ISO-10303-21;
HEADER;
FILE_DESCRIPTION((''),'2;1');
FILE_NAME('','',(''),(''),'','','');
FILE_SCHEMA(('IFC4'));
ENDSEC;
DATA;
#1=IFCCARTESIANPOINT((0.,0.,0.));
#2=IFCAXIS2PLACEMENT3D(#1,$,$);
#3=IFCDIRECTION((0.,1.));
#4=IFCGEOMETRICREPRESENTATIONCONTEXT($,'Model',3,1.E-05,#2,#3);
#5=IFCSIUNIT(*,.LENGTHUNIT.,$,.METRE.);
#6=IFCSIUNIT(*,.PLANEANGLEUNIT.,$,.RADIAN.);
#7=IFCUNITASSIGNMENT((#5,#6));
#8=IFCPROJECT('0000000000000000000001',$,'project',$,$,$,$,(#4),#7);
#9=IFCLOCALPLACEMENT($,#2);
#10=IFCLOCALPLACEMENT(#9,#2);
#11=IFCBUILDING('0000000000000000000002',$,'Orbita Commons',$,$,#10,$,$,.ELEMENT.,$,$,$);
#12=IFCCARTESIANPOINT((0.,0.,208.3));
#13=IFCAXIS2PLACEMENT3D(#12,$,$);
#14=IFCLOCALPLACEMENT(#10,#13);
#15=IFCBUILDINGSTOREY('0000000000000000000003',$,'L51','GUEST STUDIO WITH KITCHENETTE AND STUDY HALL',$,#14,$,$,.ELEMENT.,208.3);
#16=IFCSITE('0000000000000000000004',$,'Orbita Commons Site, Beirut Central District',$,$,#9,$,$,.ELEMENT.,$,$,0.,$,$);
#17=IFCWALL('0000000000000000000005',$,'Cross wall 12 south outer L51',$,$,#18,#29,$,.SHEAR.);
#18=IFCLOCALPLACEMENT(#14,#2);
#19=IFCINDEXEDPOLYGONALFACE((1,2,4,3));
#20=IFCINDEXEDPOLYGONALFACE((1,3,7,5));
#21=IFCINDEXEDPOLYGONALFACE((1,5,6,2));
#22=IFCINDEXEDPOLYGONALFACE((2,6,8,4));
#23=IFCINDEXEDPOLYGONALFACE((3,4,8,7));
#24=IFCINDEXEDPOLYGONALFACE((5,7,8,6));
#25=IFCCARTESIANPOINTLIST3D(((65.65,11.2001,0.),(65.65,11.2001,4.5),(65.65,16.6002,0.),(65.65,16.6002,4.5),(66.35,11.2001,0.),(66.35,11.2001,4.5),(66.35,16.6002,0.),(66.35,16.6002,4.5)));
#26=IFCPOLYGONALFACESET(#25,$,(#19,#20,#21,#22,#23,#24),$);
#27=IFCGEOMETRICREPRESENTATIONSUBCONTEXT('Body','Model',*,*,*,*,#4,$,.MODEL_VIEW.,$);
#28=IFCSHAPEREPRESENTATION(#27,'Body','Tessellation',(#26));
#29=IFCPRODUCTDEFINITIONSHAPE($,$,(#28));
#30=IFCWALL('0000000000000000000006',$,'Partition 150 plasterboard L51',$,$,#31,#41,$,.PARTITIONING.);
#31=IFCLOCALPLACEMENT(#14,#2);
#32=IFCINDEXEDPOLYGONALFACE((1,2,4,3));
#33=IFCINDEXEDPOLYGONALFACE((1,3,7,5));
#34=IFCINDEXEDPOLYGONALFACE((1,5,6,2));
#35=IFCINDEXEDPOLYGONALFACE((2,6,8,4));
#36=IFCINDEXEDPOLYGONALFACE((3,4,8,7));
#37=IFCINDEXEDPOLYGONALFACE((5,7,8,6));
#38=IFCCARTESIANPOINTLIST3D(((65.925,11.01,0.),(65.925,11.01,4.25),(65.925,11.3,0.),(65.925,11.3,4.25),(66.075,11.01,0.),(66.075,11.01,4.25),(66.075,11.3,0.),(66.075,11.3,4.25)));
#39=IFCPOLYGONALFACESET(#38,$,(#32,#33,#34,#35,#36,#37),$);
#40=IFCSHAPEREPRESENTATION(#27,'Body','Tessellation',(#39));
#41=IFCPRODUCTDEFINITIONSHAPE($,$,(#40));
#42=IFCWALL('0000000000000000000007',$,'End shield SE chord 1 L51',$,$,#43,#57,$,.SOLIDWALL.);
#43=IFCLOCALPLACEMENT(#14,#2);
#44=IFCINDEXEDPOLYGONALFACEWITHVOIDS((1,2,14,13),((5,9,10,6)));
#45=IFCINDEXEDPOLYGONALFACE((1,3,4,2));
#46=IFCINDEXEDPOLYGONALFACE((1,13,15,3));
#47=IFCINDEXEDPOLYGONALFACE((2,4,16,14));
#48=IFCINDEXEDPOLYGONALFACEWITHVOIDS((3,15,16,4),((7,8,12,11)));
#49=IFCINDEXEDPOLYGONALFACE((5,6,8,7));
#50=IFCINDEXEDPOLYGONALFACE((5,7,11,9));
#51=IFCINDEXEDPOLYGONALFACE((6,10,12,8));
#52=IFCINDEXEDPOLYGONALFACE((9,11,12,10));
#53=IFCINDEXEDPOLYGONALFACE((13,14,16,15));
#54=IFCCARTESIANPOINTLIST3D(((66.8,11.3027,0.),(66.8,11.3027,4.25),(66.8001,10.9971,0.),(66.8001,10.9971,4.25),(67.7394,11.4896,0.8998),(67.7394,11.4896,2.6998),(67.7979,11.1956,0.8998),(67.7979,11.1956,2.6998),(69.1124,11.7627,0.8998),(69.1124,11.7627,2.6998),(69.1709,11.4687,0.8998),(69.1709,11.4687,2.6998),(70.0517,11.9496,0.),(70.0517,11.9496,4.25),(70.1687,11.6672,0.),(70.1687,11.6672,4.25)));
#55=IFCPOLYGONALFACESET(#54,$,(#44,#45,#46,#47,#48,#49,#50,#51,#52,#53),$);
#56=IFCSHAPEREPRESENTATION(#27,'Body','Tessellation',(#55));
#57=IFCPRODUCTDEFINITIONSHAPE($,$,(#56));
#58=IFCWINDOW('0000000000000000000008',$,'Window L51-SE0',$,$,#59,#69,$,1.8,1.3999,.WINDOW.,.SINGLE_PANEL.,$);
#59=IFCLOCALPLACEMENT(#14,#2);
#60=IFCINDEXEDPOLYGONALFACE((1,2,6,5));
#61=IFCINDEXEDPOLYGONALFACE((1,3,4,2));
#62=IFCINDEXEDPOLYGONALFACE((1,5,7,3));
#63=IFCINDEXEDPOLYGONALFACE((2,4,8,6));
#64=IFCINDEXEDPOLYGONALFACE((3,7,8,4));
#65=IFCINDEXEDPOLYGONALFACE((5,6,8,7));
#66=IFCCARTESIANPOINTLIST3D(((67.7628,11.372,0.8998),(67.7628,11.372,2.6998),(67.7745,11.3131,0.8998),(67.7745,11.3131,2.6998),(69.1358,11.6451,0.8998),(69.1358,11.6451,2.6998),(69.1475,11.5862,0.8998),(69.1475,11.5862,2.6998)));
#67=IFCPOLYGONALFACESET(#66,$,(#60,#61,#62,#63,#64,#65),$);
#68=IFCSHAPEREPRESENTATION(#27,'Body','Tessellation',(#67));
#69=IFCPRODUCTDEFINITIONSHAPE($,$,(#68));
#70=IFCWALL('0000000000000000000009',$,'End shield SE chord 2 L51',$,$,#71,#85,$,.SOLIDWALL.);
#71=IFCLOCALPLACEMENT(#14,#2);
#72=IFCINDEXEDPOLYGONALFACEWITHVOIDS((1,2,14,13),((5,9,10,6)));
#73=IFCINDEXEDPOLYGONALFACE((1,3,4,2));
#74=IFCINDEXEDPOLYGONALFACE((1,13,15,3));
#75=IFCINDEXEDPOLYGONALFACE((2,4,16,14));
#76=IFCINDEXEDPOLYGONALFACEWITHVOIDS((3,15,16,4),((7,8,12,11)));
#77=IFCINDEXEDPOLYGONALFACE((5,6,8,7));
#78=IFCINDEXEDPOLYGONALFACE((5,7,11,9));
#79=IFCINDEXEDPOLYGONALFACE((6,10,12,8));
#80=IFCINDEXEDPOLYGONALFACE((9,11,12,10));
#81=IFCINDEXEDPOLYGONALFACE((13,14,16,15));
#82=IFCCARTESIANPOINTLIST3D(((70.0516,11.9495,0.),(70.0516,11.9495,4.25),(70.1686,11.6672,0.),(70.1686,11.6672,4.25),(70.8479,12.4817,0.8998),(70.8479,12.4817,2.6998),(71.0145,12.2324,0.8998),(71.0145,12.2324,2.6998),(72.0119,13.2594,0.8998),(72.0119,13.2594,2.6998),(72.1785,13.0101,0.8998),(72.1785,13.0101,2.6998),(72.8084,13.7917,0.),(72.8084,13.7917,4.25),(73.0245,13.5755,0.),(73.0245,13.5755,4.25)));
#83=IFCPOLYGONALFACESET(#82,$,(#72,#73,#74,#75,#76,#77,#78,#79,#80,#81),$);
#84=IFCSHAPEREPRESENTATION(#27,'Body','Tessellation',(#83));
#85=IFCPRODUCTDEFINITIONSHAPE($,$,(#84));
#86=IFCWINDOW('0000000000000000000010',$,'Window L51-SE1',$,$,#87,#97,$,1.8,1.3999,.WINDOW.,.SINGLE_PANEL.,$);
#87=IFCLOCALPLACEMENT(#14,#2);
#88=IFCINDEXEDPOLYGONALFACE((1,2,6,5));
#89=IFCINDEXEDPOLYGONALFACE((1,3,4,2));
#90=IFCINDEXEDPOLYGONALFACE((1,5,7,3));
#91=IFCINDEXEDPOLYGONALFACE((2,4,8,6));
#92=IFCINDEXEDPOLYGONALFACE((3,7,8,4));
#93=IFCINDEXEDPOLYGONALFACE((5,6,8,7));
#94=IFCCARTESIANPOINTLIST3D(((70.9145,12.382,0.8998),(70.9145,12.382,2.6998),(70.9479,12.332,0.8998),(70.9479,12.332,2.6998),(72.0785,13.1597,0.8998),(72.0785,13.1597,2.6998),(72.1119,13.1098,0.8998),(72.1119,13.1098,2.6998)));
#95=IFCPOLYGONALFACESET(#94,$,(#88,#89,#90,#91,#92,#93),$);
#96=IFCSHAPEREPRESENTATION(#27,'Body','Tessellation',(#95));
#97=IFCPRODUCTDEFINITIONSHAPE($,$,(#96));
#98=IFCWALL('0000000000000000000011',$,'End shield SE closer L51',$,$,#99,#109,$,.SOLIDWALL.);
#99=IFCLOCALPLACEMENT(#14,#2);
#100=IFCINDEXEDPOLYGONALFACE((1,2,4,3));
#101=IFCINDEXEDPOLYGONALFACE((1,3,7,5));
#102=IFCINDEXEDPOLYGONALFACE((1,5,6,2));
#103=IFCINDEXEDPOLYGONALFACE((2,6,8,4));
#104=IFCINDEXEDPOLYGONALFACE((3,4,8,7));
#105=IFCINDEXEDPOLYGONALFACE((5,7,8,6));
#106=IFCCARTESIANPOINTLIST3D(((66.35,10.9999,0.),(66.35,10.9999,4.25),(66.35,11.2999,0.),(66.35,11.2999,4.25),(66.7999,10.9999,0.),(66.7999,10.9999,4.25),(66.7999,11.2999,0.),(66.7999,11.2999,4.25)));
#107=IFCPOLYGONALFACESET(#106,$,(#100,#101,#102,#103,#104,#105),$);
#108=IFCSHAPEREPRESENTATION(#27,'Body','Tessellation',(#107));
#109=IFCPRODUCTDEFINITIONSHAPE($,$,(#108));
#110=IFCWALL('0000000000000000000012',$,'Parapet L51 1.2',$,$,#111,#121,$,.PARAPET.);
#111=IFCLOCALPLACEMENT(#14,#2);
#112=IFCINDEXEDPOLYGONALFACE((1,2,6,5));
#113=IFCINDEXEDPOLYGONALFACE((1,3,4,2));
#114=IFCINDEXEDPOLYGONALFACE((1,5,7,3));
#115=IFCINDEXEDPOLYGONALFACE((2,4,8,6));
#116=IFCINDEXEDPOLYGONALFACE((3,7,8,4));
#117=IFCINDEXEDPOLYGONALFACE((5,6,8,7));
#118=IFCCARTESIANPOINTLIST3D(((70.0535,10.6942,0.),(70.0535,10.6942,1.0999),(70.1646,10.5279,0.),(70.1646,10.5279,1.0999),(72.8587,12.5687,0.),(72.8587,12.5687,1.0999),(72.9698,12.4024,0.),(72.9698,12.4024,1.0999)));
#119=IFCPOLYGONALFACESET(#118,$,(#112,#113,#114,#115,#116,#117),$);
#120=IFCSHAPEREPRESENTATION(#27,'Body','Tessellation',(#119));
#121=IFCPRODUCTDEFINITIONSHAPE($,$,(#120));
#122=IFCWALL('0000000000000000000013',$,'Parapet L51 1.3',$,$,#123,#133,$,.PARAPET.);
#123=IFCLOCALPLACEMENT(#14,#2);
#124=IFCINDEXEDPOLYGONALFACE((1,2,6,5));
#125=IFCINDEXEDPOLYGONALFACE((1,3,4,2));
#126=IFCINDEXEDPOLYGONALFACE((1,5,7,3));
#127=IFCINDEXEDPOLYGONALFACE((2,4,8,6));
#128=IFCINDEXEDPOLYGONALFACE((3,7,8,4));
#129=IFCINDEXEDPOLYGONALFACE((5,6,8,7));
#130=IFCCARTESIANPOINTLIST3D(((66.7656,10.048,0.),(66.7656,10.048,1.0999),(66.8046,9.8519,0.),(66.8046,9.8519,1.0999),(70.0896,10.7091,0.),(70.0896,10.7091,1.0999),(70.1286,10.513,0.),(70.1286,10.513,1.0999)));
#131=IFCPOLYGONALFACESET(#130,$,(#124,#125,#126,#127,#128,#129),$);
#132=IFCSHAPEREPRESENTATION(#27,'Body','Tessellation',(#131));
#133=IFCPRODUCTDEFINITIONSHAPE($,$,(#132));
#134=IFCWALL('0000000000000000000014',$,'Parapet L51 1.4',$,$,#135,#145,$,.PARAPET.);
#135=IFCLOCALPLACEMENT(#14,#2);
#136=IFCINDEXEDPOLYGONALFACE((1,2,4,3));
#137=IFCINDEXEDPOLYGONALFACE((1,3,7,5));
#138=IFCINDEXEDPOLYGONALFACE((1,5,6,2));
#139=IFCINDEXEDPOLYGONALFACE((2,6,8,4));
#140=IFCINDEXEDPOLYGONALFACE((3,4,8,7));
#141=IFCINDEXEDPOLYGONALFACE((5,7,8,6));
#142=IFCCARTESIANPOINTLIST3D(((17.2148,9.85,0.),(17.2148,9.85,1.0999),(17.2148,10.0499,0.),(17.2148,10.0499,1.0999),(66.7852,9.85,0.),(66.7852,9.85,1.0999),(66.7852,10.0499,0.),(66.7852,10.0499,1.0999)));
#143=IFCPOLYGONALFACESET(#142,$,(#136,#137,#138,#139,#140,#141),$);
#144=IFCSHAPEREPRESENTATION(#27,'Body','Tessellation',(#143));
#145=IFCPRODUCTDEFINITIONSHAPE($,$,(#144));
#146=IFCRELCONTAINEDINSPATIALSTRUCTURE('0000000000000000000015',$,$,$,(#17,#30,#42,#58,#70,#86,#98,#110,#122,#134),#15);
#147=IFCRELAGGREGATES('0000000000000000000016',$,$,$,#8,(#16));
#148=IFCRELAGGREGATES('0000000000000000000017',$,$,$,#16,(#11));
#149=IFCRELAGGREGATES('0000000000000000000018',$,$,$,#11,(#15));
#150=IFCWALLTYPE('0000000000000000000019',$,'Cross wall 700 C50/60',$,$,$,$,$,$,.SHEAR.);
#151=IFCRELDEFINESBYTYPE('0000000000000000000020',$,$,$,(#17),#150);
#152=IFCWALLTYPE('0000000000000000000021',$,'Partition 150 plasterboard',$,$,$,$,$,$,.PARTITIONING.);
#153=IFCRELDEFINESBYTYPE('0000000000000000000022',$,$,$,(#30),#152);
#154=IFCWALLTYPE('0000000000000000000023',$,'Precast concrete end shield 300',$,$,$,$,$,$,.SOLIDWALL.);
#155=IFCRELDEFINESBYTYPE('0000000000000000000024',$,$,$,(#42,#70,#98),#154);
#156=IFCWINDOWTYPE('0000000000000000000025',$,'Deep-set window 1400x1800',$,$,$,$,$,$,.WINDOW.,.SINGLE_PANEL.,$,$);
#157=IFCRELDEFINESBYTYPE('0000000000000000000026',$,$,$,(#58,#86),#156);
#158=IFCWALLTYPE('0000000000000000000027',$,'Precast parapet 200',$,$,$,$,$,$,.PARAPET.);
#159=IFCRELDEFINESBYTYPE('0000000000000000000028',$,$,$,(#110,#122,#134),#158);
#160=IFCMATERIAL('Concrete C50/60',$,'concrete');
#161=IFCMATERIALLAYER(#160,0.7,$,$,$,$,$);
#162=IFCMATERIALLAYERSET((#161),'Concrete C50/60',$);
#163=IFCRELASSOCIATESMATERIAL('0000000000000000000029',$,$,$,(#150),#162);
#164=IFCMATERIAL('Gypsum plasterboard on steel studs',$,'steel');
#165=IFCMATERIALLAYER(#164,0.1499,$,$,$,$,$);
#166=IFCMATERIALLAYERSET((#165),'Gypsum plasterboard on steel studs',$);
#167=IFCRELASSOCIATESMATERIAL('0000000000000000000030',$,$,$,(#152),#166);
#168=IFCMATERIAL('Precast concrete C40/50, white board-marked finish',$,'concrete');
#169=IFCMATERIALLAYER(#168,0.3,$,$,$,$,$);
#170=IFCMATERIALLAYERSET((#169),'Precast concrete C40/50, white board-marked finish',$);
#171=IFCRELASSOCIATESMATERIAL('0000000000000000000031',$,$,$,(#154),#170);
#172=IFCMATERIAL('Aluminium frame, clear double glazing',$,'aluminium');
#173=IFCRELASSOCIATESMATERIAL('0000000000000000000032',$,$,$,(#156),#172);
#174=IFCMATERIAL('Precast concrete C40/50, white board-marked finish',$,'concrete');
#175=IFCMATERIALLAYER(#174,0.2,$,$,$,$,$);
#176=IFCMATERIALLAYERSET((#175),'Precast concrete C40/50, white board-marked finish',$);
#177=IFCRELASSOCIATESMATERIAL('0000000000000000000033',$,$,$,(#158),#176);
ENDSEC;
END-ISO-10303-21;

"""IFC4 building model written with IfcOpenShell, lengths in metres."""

from ifc_helpers import new_model, si_unit, direction, frame, frame_2d, origin, place, context, subcontext, project, spatial, polyline, rectangle, outline, extrude, material, layer, layer_set, type_object, element, fill, save


model = new_model("IFC4")

# Units and contexts
model_context = context("Model", 3, precision=1e-05, world=origin(), true_north=direction((0.0, 1.0)))
body_context = subcontext(model_context, "Body", "Model", "MODEL_VIEW")
ifc_project = project(units=[si_unit("LENGTHUNIT", "METRE"), si_unit("PLANEANGLEUNIT", "RADIAN")], contexts=[model_context])

# Site, building, storey
site_placement = place(None, origin())
site = spatial("IfcSite", under=ifc_project, at=site_placement, Name="Orbita Commons Site, Beirut Central District", CompositionType="ELEMENT", RefElevation=0.0)
building_placement = place(site_placement, origin())
building = spatial("IfcBuilding", under=site, at=building_placement, Name="Orbita Commons", CompositionType="ELEMENT")
storey_placement = place(building_placement, frame((0.0, 0.0, 208.3)))
storey = spatial("IfcBuildingStorey", under=building, at=storey_placement, Name="L51", Description="GUEST STUDIO WITH KITCHENETTE AND STUDY HALL", CompositionType="ELEMENT", Elevation=208.3)

# Walls
ifc_material_1 = material(Name="Concrete C50/60", Category="concrete")
ifc_layer_1 = layer(ifc_material_1, 0.7)
ifc_layer_set_1 = layer_set([ifc_layer_1], Name="Concrete C50/60")
wall_type_1 = type_object("IfcWallType", Name="Cross wall 700 C50/60", PredefinedType="SHEAR", material=ifc_layer_set_1)
wall_1_placement = place(storey_placement, frame((66.0, 11.2, 0.0), z_axis=(0.0, 0.0, 1.0), x_axis=(0.0, 1.0, 0.0)))
element("IfcWall", 1, at=wall_1_placement, inside=storey, type_object=wall_type_1, Name="Cross wall 12 south outer L51", PredefinedType="SHEAR", context=body_context, shape_type="SweptSolid", body=[
    extrude(rectangle(XDim=5.4001, YDim=0.7, at=frame_2d((2.7002, 0.0))), origin(), (0.0, 0.0, 1.0), 4.5),
])
ifc_material_2 = material(Name="Gypsum plasterboard on steel studs", Category="steel")
ifc_layer_2 = layer(ifc_material_2, 0.1499)
ifc_layer_set_2 = layer_set([ifc_layer_2], Name="Gypsum plasterboard on steel studs")
wall_type_2 = type_object("IfcWallType", Name="Partition 150 plasterboard", PredefinedType="PARTITIONING", material=ifc_layer_set_2)
wall_2_placement = place(storey_placement, frame((66.0, 11.3, 0.0), z_axis=(0.0, 0.0, 1.0), x_axis=(0.0, -1.0, 0.0)))
element("IfcWall", 2, at=wall_2_placement, inside=storey, type_object=wall_type_2, Name="Partition 150 plasterboard L51", PredefinedType="PARTITIONING", context=body_context, shape_type="SweptSolid", body=[
    extrude(rectangle(XDim=0.29, YDim=0.1499, at=frame_2d((0.145, 0.0))), origin(), (0.0, 0.0, 1.0), 4.25),
])

# Walls, openings, windows
ifc_material_3 = material(Name="Precast concrete C40/50, white board-marked finish", Category="concrete")
ifc_layer_3 = layer(ifc_material_3, 0.3)
ifc_layer_set_3 = layer_set([ifc_layer_3], Name="Precast concrete C40/50, white board-marked finish")
wall_type_3 = type_object("IfcWallType", Name="Precast concrete end shield 300", PredefinedType="SOLIDWALL", material=ifc_layer_set_3)
wall_3_placement = place(storey_placement, frame((66.8, 11.1499, 0.0), z_axis=(0.0, 0.0, 1.0), x_axis=(0.980783, 0.1951, 0.0)))
wall_3 = element("IfcWall", 3, at=wall_3_placement, inside=storey, type_object=wall_type_3, Name="End shield SE chord 1 L51", PredefinedType="SOLIDWALL", context=body_context, shape_type="SweptSolid", body=[
    extrude(outline(polyline([(-0.0298, -0.1499), (3.4048, -0.1499), (3.3452, 0.1499), (0.0298, 0.1499), (-0.0298, -0.1499)])), origin(), (0.0, 0.0, 1.0), 4.25),
])
opening_1_placement = place(wall_3_placement, frame((0.9875, 0.0, 0.8999)))
opening_1 = element("IfcOpeningElement", 4, at=opening_1_placement, cuts=wall_3, PredefinedType="OPENING", context=body_context, shape_type="SweptSolid", body=[
    extrude(rectangle(XDim=1.3999, YDim=1.8, at=frame_2d((0.7, 0.8999))), frame((0.0, 0.1599, 0.0), z_axis=(0.0, -1.0, 0.0), x_axis=(1.0, 0.0, 0.0)), (0.0, 0.0, 1.0), 0.3201),
])
ifc_material_4 = material(Name="Aluminium frame, clear double glazing", Category="aluminium")
window_type = type_object("IfcWindowType", Name="Deep-set window 1400x1800", PartitioningType="SINGLE_PANEL", PredefinedType="WINDOW", material=ifc_material_4)
window_1_placement = place(opening_1_placement, origin())
window_1 = element("IfcWindow", 5, at=window_1_placement, inside=storey, type_object=window_type, Name="Window L51-SE0", OverallHeight=1.8, OverallWidth=1.3999, PartitioningType="SINGLE_PANEL", PredefinedType="WINDOW", context=body_context, shape_type="SweptSolid", body=[
    extrude(rectangle(XDim=1.3999, YDim=1.8, at=frame_2d((0.7, 0.8999))), frame((0.0, 0.03, 0.0), z_axis=(0.0, -1.0, 0.0), x_axis=(1.0, 0.0, 0.0)), (0.0, 0.0, 1.0), 0.0601),
])
fill(opening_1, window_1)
wall_4_placement = place(storey_placement, frame((70.1101, 11.8083, 0.0), z_axis=(0.0, 0.0, 1.0), x_axis=(0.83146, 0.555585, 0.0)))
wall_4 = element("IfcWall", 6, at=wall_4_placement, inside=storey, type_object=wall_type_3, Name="End shield SE chord 2 L51", PredefinedType="SOLIDWALL", context=body_context, shape_type="SweptSolid", body=[
    extrude(outline(polyline([(-0.0298, -0.1499), (3.405, -0.1499), (3.3455, 0.1499), (0.0298, 0.1499), (-0.0298, -0.1499)])), origin(), (0.0, 0.0, 1.0), 4.25),
])
opening_2_placement = place(wall_4_placement, frame((0.9875, 0.0, 0.8999)))
opening_2 = element("IfcOpeningElement", 7, at=opening_2_placement, cuts=wall_4, PredefinedType="OPENING", context=body_context, shape_type="SweptSolid", body=[
    extrude(rectangle(XDim=1.3999, YDim=1.8, at=frame_2d((0.7, 0.8999))), frame((0.0, 0.1599, 0.0), z_axis=(0.0, -1.0, 0.0), x_axis=(1.0, 0.0, 0.0)), (0.0, 0.0, 1.0), 0.3201),
])
window_2_placement = place(opening_2_placement, origin())
window_2 = element("IfcWindow", 8, at=window_2_placement, inside=storey, type_object=window_type, Name="Window L51-SE1", OverallHeight=1.8, OverallWidth=1.3999, PartitioningType="SINGLE_PANEL", PredefinedType="WINDOW", context=body_context, shape_type="SweptSolid", body=[
    extrude(rectangle(XDim=1.3999, YDim=1.8, at=frame_2d((0.7, 0.8999))), frame((0.0, 0.03, 0.0), z_axis=(0.0, -1.0, 0.0), x_axis=(1.0, 0.0, 0.0)), (0.0, 0.0, 1.0), 0.0601),
])
fill(opening_2, window_2)

# Walls
wall_5_placement = place(storey_placement, frame((66.8, 11.1499, 0.0), z_axis=(0.0, 0.0, 1.0), x_axis=(-1.0, 0.0, 0.0)))
element("IfcWall", 9, at=wall_5_placement, inside=storey, type_object=wall_type_3, Name="End shield SE closer L51", PredefinedType="SOLIDWALL", context=body_context, shape_type="SweptSolid", body=[
    extrude(rectangle(XDim=0.45, YDim=0.3, at=frame_2d((0.2251, 0.0))), origin(), (0.0, 0.0, 1.0), 4.25),
])
ifc_material_5 = material(Name="Precast concrete C40/50, white board-marked finish", Category="concrete")
ifc_layer_4 = layer(ifc_material_5, 0.2)
ifc_layer_set_4 = layer_set([ifc_layer_4], Name="Precast concrete C40/50, white board-marked finish")
wall_type_4 = type_object("IfcWallType", Name="Precast parapet 200", PredefinedType="PARAPET", material=ifc_layer_set_4)
wall_6_placement = place(storey_placement, frame((72.9143, 12.4856, 0.0), z_axis=(0.0, 0.0, 1.0), x_axis=(-0.831449, -0.555602, 0.0)))
element("IfcWall", 10, at=wall_6_placement, inside=storey, type_object=wall_type_4, Name="Parapet L51 1.2", PredefinedType="PARAPET", context=body_context, shape_type="SweptSolid", body=[
    extrude(rectangle(XDim=3.3738, YDim=0.2, at=frame_2d((1.687, 0.0))), origin(), (0.0, 0.0, 1.0), 1.0999),
])
wall_7_placement = place(storey_placement, frame((70.1091, 10.6111, 0.0), z_axis=(0.0, 0.0, 1.0), x_axis=(-0.980788, -0.195077, 0.0)))
element("IfcWall", 11, at=wall_7_placement, inside=storey, type_object=wall_type_4, Name="Parapet L51 1.3", PredefinedType="PARAPET", context=body_context, shape_type="SweptSolid", body=[
    extrude(rectangle(XDim=3.3892, YDim=0.2, at=frame_2d((1.6946, 0.0))), origin(), (0.0, 0.0, 1.0), 1.0999),
])
wall_8_placement = place(storey_placement, frame((66.7852, 9.95, 0.0), z_axis=(0.0, 0.0, 1.0), x_axis=(-1.0, 0.0, 0.0)))
element("IfcWall", 12, at=wall_8_placement, inside=storey, type_object=wall_type_4, Name="Parapet L51 1.4", PredefinedType="PARAPET", context=body_context, shape_type="SweptSolid", body=[
    extrude(rectangle(XDim=49.5703, YDim=0.2, at=frame_2d((24.7852, 0.0))), origin(), (0.0, 0.0, 1.0), 1.0999),
])

save(model, "model.ifc")
